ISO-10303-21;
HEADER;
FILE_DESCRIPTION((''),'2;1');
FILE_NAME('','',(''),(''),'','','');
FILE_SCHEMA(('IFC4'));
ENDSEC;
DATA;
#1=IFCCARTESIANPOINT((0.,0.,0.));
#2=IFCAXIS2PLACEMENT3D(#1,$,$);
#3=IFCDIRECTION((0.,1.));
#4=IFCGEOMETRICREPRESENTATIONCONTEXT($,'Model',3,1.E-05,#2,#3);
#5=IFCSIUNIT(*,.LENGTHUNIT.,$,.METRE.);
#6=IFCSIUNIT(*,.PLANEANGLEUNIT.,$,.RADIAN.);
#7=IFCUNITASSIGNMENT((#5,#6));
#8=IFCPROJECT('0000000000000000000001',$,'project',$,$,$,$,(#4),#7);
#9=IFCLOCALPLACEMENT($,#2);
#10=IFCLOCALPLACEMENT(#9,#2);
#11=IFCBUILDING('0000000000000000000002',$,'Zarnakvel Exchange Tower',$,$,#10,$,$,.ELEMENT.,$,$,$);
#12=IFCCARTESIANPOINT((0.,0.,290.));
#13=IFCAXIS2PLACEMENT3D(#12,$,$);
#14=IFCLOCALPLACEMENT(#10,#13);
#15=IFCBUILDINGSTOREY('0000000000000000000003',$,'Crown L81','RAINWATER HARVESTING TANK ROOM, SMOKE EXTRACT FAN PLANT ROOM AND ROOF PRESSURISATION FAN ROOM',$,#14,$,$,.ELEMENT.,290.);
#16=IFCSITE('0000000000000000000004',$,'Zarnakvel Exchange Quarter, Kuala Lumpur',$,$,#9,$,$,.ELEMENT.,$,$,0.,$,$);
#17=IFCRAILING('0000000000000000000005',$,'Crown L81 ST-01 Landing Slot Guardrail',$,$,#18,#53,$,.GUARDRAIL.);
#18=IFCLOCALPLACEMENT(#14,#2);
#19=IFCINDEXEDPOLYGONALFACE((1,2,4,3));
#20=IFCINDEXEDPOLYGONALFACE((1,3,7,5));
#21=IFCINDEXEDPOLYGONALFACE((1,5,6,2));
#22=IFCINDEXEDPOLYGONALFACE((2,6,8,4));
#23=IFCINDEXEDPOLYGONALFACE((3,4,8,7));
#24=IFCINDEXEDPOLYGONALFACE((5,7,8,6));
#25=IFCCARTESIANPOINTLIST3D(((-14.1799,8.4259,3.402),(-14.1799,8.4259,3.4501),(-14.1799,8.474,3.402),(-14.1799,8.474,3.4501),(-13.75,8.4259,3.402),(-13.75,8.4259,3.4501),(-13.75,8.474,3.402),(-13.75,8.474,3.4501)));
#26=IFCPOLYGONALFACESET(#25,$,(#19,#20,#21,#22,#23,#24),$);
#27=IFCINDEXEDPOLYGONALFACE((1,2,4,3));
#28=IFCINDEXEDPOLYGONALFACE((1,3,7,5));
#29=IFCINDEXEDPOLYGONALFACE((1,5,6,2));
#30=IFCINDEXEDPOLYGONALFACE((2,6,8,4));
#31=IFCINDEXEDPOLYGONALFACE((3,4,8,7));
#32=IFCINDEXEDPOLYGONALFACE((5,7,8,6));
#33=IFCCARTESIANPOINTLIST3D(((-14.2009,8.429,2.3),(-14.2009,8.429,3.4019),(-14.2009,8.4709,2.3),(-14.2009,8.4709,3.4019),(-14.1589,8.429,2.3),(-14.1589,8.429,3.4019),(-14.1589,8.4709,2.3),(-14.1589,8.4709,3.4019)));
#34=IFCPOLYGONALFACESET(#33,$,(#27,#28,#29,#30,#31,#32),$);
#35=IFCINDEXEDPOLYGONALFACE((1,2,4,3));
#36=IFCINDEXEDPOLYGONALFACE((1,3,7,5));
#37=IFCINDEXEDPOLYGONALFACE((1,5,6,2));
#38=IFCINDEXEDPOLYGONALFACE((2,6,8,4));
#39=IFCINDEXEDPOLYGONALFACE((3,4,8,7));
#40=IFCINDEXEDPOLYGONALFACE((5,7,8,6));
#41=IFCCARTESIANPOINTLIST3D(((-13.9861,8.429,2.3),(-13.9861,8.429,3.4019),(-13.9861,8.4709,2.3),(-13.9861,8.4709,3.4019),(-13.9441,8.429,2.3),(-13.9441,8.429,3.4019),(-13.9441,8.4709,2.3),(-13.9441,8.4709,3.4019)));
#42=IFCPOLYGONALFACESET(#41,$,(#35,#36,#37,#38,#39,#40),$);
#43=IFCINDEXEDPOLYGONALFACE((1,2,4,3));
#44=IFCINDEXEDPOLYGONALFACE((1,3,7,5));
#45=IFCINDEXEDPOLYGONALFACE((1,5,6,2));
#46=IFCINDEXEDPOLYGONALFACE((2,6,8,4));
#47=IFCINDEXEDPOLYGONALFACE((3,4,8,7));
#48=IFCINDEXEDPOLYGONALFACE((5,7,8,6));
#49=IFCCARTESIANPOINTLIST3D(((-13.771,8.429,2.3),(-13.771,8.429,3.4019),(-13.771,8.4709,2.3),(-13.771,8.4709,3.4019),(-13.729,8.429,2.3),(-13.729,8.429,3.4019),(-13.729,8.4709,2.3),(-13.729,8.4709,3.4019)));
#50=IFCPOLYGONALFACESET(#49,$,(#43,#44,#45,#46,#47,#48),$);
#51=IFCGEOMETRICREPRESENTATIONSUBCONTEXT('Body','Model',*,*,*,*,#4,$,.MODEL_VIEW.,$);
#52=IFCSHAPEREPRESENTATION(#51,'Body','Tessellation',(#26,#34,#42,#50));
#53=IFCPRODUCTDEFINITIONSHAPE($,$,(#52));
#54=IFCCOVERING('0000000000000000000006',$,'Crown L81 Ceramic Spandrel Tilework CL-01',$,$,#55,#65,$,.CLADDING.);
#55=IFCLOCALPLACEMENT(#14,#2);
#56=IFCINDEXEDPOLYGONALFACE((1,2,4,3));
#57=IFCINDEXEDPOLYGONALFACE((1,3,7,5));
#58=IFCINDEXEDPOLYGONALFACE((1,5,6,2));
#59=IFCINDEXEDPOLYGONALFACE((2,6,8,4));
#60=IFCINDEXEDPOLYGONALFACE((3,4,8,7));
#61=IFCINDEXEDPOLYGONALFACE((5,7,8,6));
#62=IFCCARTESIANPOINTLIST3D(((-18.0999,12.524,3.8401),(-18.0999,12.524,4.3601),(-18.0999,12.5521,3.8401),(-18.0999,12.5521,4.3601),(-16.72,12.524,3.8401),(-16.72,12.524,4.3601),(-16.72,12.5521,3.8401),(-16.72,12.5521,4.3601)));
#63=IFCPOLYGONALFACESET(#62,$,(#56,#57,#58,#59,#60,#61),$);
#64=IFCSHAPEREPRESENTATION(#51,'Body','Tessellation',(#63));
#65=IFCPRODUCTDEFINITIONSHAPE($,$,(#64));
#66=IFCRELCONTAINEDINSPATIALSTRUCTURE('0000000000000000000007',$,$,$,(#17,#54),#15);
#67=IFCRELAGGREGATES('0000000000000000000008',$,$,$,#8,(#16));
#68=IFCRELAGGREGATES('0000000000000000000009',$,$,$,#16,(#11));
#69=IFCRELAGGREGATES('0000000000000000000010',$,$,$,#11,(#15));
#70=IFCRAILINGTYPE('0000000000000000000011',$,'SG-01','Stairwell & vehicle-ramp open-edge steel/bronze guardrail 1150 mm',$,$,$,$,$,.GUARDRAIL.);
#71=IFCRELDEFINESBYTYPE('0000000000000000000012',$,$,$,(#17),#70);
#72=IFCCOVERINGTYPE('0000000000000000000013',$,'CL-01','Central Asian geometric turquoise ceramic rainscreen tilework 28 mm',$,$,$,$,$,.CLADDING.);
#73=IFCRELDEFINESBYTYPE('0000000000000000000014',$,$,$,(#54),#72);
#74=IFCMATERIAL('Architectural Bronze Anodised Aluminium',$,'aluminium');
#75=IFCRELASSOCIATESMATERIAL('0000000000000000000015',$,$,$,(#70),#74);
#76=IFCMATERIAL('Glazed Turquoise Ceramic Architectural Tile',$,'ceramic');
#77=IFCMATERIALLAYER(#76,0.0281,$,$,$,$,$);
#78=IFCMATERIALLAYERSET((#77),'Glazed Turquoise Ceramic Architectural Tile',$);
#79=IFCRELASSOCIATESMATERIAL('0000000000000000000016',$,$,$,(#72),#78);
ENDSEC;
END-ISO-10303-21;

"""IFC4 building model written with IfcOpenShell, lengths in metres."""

from ifc_helpers import new_model, si_unit, direction, frame, origin, origin_2d, place, context, subcontext, project, spatial, rectangle, extrude, source, transform, mapped, material, layer, layer_set, type_object, element, save


model = new_model("IFC4")

# Units and contexts
model_context = context("Model", 3, precision=1e-05, world=origin(), true_north=direction((0.0, 1.0)))
body_context = subcontext(model_context, "Body", "Model", "MODEL_VIEW")
ifc_project = project(units=[si_unit("LENGTHUNIT", "METRE"), si_unit("PLANEANGLEUNIT", "RADIAN")], contexts=[model_context])

# Site, building, storey
site_placement = place(None, origin())
site = spatial("IfcSite", under=ifc_project, at=site_placement, Name="Zarnakvel Exchange Quarter, Kuala Lumpur", CompositionType="ELEMENT", RefElevation=0.0)
building_placement = place(site_placement, origin())
building = spatial("IfcBuilding", under=site, at=building_placement, Name="Zarnakvel Exchange Tower", CompositionType="ELEMENT")
storey_placement = place(building_placement, frame((0.0, 0.0, 290.0)))
storey = spatial("IfcBuildingStorey", under=building, at=storey_placement, Name="Crown L81", Description="RAINWATER HARVESTING TANK ROOM, SMOKE EXTRACT FAN PLANT ROOM AND ROOF PRESSURISATION FAN ROOM", CompositionType="ELEMENT", Elevation=290.0)

# Shared definitions
ifc_material_1 = material(Name="Architectural Bronze Anodised Aluminium", Category="aluminium")

# Railing
railing_type_1 = type_object("IfcRailingType", Name="SG-01", Description="Stairwell & vehicle-ramp open-edge steel/bronze guardrail 1150 mm", PredefinedType="GUARDRAIL", material=ifc_material_1)
railing_1_placement = place(storey_placement, frame((-14.1799, 8.45, 2.3)))
element("IfcRailing", 1, at=railing_1_placement, inside=storey, type_object=railing_type_1, Name="Crown L81 ST-01 Landing Slot Guardrail", PredefinedType="GUARDRAIL", context=body_context, shape_type="SweptSolid", body=[
    extrude(rectangle(XDim=0.0481, YDim=0.0481, at=origin_2d()), frame((0.0, 0.0, 1.126), z_axis=(1.0, 0.0, 0.0), x_axis=(0.0, 1.0, 0.0)), (0.0, 0.0, 1.0), 0.4299),
    extrude(rectangle(XDim=0.042, YDim=0.042, at=origin_2d()), origin(), (0.0, 0.0, 1.0), 1.1018),
    extrude(rectangle(XDim=0.042, YDim=0.042, at=origin_2d()), frame((0.2148, 0.0, 0.0)), (0.0, 0.0, 1.0), 1.1018),
    extrude(rectangle(XDim=0.042, YDim=0.042, at=origin_2d()), frame((0.4299, 0.0, 0.0)), (0.0, 0.0, 1.0), 1.1018),
])

# Covering
ifc_material_2 = material(Name="Glazed Turquoise Ceramic Architectural Tile", Category="ceramic")
ifc_layer_1 = layer(ifc_material_2, 0.0281)
ifc_layer_set_1 = layer_set([ifc_layer_1], Name="Glazed Turquoise Ceramic Architectural Tile")
covering_type = type_object("IfcCoveringType", Name="CL-01", Description="Central Asian geometric turquoise ceramic rainscreen tilework 28 mm", PredefinedType="CLADDING", material=ifc_layer_set_1)
shared_shape_1 = source(origin(), body_context, "Body", "SweptSolid", [
    extrude(rectangle(XDim=1.3799, YDim=0.0281, at=origin_2d()), origin(), (0.0, 0.0, 1.0), 0.52),
])
covering_placement = place(storey_placement, frame((-17.4099, 12.5381, 3.8401), z_axis=(0.0, 0.0, 1.0), x_axis=(-1.0, 0.0, 0.0)))
element("IfcCovering", 2, at=covering_placement, inside=storey, type_object=covering_type, Name="Crown L81 Ceramic Spandrel Tilework CL-01", PredefinedType="CLADDING", context=body_context, shape_type="MappedRepresentation", body=[
    mapped(shared_shape_1, transform((0.0, 0.0, 0.0), x_axis=(1.0, 0.0, 0.0), y_axis=(0.0, 1.0, 0.0), z_axis=(0.0, 0.0, 1.0), scale=1.0)),
])

save(model, "model.ifc")
